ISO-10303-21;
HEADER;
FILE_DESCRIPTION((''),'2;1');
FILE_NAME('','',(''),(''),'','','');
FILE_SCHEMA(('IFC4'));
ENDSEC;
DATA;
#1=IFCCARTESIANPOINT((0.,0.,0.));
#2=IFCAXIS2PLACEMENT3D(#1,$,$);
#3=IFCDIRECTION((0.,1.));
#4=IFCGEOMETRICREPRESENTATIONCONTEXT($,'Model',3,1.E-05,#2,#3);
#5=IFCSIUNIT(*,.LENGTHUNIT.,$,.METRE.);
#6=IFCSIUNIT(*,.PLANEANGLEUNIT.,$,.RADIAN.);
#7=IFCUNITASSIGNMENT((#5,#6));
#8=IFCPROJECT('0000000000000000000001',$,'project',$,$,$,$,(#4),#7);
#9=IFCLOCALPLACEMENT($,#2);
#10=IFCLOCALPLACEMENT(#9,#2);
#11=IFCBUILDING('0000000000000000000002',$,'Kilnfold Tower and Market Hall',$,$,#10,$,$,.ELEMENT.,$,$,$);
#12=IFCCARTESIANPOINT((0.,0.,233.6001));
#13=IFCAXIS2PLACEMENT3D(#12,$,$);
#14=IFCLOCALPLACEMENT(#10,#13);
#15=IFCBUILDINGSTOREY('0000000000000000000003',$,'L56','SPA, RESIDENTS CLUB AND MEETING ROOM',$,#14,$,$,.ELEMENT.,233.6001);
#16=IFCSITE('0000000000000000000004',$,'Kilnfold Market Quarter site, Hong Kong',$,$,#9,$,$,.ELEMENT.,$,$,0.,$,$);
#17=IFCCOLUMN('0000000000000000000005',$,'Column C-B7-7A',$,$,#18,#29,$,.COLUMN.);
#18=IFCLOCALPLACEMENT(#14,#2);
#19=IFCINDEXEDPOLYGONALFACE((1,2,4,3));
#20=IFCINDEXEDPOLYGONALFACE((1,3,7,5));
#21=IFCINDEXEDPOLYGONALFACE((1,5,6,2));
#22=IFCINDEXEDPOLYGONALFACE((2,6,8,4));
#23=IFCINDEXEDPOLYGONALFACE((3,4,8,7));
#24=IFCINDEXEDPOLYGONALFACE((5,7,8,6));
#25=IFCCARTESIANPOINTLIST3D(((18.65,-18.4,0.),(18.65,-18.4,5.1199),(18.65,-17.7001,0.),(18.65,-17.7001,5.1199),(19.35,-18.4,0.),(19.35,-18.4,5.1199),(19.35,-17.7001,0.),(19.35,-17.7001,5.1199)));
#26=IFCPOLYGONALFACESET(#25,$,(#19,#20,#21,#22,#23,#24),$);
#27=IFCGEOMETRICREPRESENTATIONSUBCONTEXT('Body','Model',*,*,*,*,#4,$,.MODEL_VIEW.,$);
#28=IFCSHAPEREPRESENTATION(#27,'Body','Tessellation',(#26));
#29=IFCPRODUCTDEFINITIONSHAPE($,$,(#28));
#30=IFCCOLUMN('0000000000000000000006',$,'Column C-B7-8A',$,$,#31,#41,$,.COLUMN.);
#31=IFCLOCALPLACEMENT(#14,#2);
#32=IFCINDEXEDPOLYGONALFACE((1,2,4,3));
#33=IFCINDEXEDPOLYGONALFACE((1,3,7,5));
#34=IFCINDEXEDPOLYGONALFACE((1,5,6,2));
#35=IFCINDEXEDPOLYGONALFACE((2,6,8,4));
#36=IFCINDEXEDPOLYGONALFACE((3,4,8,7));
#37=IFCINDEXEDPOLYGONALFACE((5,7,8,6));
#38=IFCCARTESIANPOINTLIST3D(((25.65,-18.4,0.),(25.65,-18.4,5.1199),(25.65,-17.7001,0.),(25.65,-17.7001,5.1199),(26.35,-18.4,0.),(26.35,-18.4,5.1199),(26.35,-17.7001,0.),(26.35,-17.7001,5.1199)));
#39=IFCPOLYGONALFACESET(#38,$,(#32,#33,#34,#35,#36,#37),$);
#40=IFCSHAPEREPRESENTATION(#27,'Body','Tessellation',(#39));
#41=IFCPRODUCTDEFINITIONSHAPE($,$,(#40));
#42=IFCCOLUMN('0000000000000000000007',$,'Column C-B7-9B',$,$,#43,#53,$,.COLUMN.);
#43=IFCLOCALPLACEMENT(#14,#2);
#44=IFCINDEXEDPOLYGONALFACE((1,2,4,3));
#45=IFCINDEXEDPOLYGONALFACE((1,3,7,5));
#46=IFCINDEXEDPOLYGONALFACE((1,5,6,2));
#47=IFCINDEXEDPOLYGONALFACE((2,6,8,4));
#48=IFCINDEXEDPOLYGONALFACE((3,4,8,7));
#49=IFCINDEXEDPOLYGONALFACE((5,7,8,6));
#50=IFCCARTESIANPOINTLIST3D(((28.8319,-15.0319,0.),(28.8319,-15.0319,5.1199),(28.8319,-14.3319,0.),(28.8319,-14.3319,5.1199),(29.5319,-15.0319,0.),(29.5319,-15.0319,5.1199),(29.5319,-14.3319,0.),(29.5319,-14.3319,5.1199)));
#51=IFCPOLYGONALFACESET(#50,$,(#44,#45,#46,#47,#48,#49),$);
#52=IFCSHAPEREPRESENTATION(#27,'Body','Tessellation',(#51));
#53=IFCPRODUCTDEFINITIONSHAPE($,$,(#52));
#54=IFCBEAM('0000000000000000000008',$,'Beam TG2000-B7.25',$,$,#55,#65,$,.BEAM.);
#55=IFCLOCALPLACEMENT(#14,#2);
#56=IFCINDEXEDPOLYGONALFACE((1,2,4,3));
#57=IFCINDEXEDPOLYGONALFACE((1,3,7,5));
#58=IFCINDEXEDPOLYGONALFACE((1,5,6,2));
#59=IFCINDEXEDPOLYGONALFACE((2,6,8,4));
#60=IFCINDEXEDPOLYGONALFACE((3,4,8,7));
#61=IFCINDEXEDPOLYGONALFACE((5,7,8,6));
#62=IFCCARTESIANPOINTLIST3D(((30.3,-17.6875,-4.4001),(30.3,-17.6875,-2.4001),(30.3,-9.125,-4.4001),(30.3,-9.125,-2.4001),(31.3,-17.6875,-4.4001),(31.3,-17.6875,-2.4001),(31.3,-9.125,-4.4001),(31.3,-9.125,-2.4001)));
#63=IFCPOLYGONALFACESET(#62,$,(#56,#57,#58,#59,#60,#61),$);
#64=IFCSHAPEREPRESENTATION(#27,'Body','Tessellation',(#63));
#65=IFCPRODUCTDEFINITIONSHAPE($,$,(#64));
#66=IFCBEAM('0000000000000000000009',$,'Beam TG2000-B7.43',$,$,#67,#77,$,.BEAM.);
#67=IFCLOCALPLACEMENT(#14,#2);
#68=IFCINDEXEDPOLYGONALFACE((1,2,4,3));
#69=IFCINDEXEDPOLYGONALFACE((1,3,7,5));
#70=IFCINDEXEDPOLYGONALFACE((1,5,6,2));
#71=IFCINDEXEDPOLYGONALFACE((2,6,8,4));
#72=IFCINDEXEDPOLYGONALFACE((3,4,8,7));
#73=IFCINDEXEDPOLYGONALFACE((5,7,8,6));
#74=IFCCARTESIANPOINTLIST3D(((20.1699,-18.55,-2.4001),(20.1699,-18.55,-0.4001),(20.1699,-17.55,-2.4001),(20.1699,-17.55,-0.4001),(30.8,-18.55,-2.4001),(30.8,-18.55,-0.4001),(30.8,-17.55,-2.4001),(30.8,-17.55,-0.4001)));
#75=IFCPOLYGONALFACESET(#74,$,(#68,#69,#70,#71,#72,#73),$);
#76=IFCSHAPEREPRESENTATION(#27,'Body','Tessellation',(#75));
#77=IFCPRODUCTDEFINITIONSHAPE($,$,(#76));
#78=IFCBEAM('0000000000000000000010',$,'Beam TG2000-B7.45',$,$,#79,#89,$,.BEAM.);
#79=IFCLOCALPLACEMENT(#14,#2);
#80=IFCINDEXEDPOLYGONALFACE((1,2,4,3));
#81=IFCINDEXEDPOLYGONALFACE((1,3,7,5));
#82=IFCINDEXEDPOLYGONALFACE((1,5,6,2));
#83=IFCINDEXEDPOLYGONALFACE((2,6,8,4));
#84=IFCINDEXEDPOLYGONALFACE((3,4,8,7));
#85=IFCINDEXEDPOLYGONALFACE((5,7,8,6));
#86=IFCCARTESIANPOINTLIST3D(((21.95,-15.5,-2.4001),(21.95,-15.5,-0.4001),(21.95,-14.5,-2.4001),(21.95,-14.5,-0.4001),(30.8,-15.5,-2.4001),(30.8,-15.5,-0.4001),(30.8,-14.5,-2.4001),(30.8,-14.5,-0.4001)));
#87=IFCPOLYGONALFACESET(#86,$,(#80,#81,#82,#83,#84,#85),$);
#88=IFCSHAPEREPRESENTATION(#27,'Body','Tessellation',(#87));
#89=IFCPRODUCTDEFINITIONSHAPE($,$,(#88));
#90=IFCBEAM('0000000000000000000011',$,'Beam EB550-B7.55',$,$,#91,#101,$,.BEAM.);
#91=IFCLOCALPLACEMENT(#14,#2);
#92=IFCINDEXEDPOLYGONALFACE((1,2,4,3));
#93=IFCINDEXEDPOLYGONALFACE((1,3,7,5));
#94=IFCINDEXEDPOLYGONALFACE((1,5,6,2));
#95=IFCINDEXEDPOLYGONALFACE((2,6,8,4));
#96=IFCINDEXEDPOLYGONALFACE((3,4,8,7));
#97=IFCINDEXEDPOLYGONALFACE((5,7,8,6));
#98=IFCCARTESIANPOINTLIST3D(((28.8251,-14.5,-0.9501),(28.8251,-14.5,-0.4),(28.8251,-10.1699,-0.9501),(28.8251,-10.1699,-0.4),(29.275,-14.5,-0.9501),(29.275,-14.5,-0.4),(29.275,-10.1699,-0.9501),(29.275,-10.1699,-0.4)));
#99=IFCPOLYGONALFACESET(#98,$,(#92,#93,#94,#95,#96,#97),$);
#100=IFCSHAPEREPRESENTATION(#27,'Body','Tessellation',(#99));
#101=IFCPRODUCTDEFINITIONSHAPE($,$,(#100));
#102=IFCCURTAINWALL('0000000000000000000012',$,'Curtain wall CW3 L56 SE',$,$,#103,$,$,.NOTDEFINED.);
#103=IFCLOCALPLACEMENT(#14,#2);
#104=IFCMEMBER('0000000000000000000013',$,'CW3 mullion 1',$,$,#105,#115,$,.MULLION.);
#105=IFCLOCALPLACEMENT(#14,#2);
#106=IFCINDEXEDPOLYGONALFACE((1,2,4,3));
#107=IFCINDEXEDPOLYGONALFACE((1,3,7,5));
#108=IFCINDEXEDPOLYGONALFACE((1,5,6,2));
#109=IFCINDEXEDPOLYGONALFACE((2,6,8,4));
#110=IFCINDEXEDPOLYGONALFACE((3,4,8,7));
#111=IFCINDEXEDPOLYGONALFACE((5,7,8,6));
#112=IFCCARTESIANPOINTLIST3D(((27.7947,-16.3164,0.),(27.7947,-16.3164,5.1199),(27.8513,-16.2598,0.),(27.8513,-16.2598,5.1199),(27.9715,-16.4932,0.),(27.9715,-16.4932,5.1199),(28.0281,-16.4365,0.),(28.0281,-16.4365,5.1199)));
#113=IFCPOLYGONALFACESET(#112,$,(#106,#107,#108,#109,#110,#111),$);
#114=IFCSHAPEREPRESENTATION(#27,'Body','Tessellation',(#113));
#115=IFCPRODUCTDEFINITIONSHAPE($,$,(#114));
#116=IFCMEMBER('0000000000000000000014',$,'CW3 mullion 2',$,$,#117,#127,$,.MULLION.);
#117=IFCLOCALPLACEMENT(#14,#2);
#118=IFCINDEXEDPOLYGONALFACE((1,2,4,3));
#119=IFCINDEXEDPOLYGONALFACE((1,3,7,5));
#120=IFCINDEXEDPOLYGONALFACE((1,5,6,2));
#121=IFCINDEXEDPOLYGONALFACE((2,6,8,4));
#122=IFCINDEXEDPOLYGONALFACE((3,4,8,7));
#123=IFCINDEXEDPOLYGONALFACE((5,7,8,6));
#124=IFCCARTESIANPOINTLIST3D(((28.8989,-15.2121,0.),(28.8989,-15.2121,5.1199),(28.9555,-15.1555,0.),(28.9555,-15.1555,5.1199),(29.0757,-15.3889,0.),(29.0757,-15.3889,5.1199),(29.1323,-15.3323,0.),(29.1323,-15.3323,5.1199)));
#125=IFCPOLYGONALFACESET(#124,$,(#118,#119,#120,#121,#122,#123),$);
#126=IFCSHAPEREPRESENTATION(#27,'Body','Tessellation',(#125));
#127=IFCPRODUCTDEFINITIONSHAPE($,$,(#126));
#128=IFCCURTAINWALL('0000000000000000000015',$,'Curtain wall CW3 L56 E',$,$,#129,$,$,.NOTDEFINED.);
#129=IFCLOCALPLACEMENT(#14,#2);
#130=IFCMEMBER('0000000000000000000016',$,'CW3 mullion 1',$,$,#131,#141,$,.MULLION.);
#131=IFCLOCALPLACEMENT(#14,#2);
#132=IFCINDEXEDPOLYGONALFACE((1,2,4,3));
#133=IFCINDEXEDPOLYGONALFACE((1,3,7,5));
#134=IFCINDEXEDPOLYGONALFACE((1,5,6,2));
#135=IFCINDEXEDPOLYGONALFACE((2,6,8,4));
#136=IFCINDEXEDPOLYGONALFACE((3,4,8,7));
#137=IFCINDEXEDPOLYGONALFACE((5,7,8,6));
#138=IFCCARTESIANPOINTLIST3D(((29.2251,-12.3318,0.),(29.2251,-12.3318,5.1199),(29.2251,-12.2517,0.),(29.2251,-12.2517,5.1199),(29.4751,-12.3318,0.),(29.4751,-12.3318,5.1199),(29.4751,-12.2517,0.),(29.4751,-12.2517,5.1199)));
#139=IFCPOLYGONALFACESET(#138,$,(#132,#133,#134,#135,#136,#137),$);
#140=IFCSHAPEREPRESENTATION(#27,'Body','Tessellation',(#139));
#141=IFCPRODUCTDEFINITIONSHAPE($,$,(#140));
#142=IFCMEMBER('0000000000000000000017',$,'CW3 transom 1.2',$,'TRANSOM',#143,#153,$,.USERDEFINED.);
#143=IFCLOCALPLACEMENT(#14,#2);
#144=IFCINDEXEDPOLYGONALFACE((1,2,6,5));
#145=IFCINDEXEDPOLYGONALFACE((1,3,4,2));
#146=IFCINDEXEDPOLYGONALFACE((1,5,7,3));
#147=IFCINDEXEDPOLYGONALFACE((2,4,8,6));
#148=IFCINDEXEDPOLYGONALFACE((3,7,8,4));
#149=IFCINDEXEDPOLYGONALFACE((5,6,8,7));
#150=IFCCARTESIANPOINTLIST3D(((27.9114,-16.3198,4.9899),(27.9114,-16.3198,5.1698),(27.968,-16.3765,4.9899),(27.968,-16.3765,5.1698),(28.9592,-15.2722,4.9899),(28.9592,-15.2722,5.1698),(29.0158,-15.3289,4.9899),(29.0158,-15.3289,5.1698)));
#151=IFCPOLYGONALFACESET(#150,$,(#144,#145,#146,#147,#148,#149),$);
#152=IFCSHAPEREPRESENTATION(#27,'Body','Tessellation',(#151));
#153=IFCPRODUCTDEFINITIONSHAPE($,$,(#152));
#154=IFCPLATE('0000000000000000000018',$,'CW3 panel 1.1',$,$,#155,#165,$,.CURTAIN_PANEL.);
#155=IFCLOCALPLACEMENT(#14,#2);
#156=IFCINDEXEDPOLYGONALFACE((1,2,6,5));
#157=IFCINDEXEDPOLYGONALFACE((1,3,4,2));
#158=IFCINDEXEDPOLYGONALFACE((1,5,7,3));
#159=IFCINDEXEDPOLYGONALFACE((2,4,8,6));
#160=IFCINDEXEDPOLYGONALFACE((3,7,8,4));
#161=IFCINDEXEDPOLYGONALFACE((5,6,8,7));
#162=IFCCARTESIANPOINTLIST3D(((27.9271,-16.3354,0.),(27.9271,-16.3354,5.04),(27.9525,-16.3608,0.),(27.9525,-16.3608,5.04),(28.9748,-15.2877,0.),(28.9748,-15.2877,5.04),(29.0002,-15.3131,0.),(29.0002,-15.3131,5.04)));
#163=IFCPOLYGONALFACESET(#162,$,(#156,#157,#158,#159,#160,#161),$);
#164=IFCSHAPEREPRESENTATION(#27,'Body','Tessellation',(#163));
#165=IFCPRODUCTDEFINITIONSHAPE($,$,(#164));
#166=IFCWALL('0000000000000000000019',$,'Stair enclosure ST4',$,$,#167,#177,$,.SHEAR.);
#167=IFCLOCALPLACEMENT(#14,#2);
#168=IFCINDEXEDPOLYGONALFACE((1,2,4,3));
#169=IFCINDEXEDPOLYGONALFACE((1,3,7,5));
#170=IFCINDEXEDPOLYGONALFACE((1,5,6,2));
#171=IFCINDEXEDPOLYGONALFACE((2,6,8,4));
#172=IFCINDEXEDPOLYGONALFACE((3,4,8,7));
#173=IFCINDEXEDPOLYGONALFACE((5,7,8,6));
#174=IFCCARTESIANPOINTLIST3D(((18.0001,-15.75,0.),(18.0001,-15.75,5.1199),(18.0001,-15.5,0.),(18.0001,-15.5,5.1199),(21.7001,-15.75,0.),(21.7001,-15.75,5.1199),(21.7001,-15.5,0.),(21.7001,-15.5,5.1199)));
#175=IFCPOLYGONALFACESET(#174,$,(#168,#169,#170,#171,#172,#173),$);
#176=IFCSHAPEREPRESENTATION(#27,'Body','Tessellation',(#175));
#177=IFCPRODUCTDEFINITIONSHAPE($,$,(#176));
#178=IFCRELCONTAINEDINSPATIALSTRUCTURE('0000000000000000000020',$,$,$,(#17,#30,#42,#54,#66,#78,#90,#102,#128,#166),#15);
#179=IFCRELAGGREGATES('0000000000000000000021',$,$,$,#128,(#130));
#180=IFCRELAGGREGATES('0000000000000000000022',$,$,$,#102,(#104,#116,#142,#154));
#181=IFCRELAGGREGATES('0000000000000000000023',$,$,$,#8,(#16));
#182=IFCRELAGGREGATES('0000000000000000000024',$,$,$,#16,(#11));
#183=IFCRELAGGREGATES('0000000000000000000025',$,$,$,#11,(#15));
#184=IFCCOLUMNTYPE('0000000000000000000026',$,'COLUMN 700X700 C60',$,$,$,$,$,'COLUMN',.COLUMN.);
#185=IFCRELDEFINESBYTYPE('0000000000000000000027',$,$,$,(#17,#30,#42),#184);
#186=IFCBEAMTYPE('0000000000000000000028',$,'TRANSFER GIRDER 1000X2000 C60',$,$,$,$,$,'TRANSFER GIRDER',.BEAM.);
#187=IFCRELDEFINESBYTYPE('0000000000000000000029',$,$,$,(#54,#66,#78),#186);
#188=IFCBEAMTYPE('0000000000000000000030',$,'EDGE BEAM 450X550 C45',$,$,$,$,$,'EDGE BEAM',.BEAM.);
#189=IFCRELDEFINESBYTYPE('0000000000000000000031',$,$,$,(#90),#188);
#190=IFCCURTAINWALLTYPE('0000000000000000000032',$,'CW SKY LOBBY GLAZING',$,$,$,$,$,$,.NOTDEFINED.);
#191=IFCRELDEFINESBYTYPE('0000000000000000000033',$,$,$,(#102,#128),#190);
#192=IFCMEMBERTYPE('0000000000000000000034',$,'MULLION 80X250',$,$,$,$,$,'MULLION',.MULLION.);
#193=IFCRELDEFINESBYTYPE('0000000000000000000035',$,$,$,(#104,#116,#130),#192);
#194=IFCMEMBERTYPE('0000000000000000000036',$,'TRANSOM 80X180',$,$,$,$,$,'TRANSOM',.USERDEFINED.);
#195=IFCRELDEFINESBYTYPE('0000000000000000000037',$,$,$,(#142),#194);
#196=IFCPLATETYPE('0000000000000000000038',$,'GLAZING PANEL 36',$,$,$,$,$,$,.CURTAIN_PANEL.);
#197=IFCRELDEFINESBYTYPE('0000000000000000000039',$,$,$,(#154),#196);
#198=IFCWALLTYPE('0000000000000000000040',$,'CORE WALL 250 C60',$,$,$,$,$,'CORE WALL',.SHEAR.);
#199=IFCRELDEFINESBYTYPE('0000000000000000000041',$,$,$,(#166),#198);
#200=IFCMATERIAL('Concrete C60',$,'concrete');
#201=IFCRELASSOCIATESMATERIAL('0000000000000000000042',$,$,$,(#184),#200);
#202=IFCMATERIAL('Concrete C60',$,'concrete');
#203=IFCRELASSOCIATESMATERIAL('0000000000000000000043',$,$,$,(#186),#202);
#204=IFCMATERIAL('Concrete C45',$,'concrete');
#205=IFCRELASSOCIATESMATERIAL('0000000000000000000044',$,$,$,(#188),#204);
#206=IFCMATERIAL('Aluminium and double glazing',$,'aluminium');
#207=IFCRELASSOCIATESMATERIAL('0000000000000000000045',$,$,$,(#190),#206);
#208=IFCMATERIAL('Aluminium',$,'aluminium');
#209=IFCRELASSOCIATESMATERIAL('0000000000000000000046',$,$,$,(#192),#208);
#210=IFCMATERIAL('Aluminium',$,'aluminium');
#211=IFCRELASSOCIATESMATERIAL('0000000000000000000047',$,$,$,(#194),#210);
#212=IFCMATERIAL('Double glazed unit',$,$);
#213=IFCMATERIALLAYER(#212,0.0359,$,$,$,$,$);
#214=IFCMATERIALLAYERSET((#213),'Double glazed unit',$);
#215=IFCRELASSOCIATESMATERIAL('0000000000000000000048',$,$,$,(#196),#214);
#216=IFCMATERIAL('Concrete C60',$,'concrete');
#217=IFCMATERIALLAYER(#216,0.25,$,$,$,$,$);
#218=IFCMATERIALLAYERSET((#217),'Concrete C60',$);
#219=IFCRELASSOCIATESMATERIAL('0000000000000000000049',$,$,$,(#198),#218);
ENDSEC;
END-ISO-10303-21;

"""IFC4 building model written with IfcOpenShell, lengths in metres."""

from ifc_helpers import new_model, si_unit, direction, frame, frame_2d, origin, origin_2d, place, context, subcontext, project, spatial, rectangle, extrude, source, transform, mapped, material, layer, layer_set, material_profile, profile_set, type_object, element, aggregate, save


model = new_model("IFC4")

# Units and contexts
model_context = context("Model", 3, precision=1e-05, world=origin(), true_north=direction((0.0, 1.0)))
body_context = subcontext(model_context, "Body", "Model", "MODEL_VIEW")
ifc_project = project(units=[si_unit("LENGTHUNIT", "METRE"), si_unit("PLANEANGLEUNIT", "RADIAN")], contexts=[model_context])

# Site, building, storey
site_placement = place(None, origin())
site = spatial("IfcSite", under=ifc_project, at=site_placement, Name="Kilnfold Market Quarter site, Hong Kong", CompositionType="ELEMENT", RefElevation=0.0)
building_placement = place(site_placement, origin())
building = spatial("IfcBuilding", under=site, at=building_placement, Name="Kilnfold Tower and Market Hall", CompositionType="ELEMENT")
storey_placement = place(building_placement, frame((0.0, 0.0, 233.6001)))
storey = spatial("IfcBuildingStorey", under=building, at=storey_placement, Name="L56", Description="SPA, RESIDENTS CLUB AND MEETING ROOM", CompositionType="ELEMENT", Elevation=233.6001)

# Columns
ifc_material_1 = material(Name="Concrete C60", Category="concrete")
ifc_material_profile_1 = material_profile(ifc_material_1, rectangle(XDim=0.7, YDim=0.7, at=origin_2d()), Name="RC 700x700")
ifc_profile_set_1 = profile_set([ifc_material_profile_1], Name="Concrete C60")
column_type = type_object("IfcColumnType", Name="COLUMN 700X700 C60", ElementType="COLUMN", PredefinedType="COLUMN", material=ifc_profile_set_1)
shared_shape_1 = source(origin(), body_context, "Body", "SweptSolid", [
    extrude(rectangle(XDim=0.7, YDim=0.7, at=origin_2d()), origin(), (0.0, 0.0, 1.0), 5.1199),
])
for number, where, z_axis, x_axis, name in (
    (1, (19.0, -18.05, 0.0), (0.0, 0.0, 1.0), (1.0, 0.0, 0.0), "Column C-B7-7A"),
    (2, (26.0, -18.05, 0.0), (0.0, 0.0, 1.0), (1.0, 0.0, 0.0), "Column C-B7-8A"),
    (3, (29.1819, -14.6819, 0.0), (0.0, 0.0, 1.0), (1.0, 0.0, 0.0), "Column C-B7-9B"),
):
    element("IfcColumn", number, at=place(storey_placement, frame(where, z_axis=z_axis, x_axis=x_axis)), inside=storey, type_object=column_type, Name=name, PredefinedType="COLUMN", context=body_context, shape_type="MappedRepresentation", body=[
        mapped(shared_shape_1, transform((0.0, 0.0, 0.0))),
    ])

# Beams
ifc_material_2 = material(Name="Concrete C60", Category="concrete")
ifc_material_profile_2 = material_profile(ifc_material_2, rectangle(XDim=1.0, YDim=2.0, at=origin_2d()), Name="RC 1000x2000")
ifc_profile_set_2 = profile_set([ifc_material_profile_2], Name="Concrete C60")
beam_type_1 = type_object("IfcBeamType", Name="TRANSFER GIRDER 1000X2000 C60", ElementType="TRANSFER GIRDER", PredefinedType="BEAM", material=ifc_profile_set_2)
shared_shape_2 = source(origin(), body_context, "Body", "SweptSolid", [
    extrude(rectangle(XDim=1.0, YDim=2.0, at=origin_2d()), origin(), (0.0, 0.0, 1.0), 8.5625),
])
beam_1_placement = place(storey_placement, frame((30.8, -17.6875, -3.4001), z_axis=(0.0, 1.0, 0.0), x_axis=(-1.0, 0.0, 0.0)))
element("IfcBeam", 4, at=beam_1_placement, inside=storey, type_object=beam_type_1, Name="Beam TG2000-B7.25", PredefinedType="BEAM", context=body_context, shape_type="MappedRepresentation", body=[
    mapped(shared_shape_2, transform((0.0, 0.0, 0.0))),
])
shared_shape_3 = source(origin(), body_context, "Body", "SweptSolid", [
    extrude(rectangle(XDim=1.0, YDim=2.0, at=origin_2d()), origin(), (0.0, 0.0, 1.0), 10.6301),
])
beam_2_placement = place(storey_placement, frame((20.1699, -18.05, -1.4001), z_axis=(1.0, 0.0, 0.0), x_axis=(0.0, 1.0, 0.0)))
element("IfcBeam", 5, at=beam_2_placement, inside=storey, type_object=beam_type_1, Name="Beam TG2000-B7.43", PredefinedType="BEAM", context=body_context, shape_type="MappedRepresentation", body=[
    mapped(shared_shape_3, transform((0.0, 0.0, 0.0))),
])
shared_shape_4 = source(origin(), body_context, "Body", "SweptSolid", [
    extrude(rectangle(XDim=1.0, YDim=2.0, at=origin_2d()), origin(), (0.0, 0.0, 1.0), 8.8501),
])
beam_3_placement = place(storey_placement, frame((21.95, -15.0, -1.4001), z_axis=(1.0, 0.0, 0.0), x_axis=(0.0, 1.0, 0.0)))
element("IfcBeam", 6, at=beam_3_placement, inside=storey, type_object=beam_type_1, Name="Beam TG2000-B7.45", PredefinedType="BEAM", context=body_context, shape_type="MappedRepresentation", body=[
    mapped(shared_shape_4, transform((0.0, 0.0, 0.0))),
])
ifc_material_3 = material(Name="Concrete C45", Category="concrete")
ifc_material_profile_3 = material_profile(ifc_material_3, rectangle(XDim=0.45, YDim=0.55, at=origin_2d()), Name="RC 450x550")
ifc_profile_set_3 = profile_set([ifc_material_profile_3], Name="Concrete C45")
beam_type_2 = type_object("IfcBeamType", Name="EDGE BEAM 450X550 C45", ElementType="EDGE BEAM", PredefinedType="BEAM", material=ifc_profile_set_3)
shared_shape_5 = source(origin(), body_context, "Body", "SweptSolid", [
    extrude(rectangle(XDim=0.45, YDim=0.55, at=origin_2d()), origin(), (0.0, 0.0, 1.0), 4.3301),
])
beam_4_placement = place(storey_placement, frame((29.05, -14.5, -0.675), z_axis=(0.0, 1.0, 0.0), x_axis=(-1.0, 0.0, 0.0)))
element("IfcBeam", 7, at=beam_4_placement, inside=storey, type_object=beam_type_2, Name="Beam EB550-B7.55", PredefinedType="BEAM", context=body_context, shape_type="MappedRepresentation", body=[
    mapped(shared_shape_5, transform((0.0, 0.0, 0.0))),
])

# Curtain wall, members
ifc_material_4 = material(Name="Aluminium and double glazing", Category="aluminium")
curtain_wall_type = type_object("IfcCurtainWallType", Name="CW SKY LOBBY GLAZING", PredefinedType="NOTDEFINED", material=ifc_material_4)
curtain_wall_1_placement = place(storey_placement, origin())
curtain_wall_1 = element("IfcCurtainWall", 8, at=curtain_wall_1_placement, inside=storey, type_object=curtain_wall_type, Name="Curtain wall CW3 L56 SE", PredefinedType="NOTDEFINED")
ifc_material_5 = material(Name="Aluminium", Category="aluminium")
ifc_material_profile_4 = material_profile(ifc_material_5, rectangle(XDim=0.0801, YDim=0.25, at=origin_2d()), Name="MULLION 80x250")
ifc_profile_set_4 = profile_set([ifc_material_profile_4], Name="Aluminium")
member_type_1 = type_object("IfcMemberType", Name="MULLION 80X250", ElementType="MULLION", PredefinedType="MULLION", material=ifc_profile_set_4)
shared_shape_6 = source(origin(), body_context, "Body", "SweptSolid", [
    extrude(rectangle(XDim=0.0801, YDim=0.25, at=origin_2d()), origin(), (0.0, 0.0, 1.0), 5.1199),
])
member_1_placement = place(storey_placement, frame((27.9114, -16.3765, 0.0), z_axis=(0.0, 0.0, 1.0), x_axis=(0.707107, 0.707107, 0.0)))
member_1 = element("IfcMember", 9, at=member_1_placement, type_object=member_type_1, Name="CW3 mullion 1", PredefinedType="MULLION", context=body_context, shape_type="MappedRepresentation", body=[
    mapped(shared_shape_6, transform((0.0, 0.0, 0.0))),
])
member_2_placement = place(storey_placement, frame((29.0156, -15.2722, 0.0), z_axis=(0.0, 0.0, 1.0), x_axis=(0.707107, 0.707107, 0.0)))
member_2 = element("IfcMember", 10, at=member_2_placement, type_object=member_type_1, Name="CW3 mullion 2", PredefinedType="MULLION", context=body_context, shape_type="MappedRepresentation", body=[
    mapped(shared_shape_6, transform((0.0, 0.0, 0.0))),
])

# Curtain wall, member
curtain_wall_2_placement = place(storey_placement, origin())
curtain_wall_2 = element("IfcCurtainWall", 11, at=curtain_wall_2_placement, inside=storey, type_object=curtain_wall_type, Name="Curtain wall CW3 L56 E", PredefinedType="NOTDEFINED")
member_3_placement = place(storey_placement, frame((29.3501, -12.2917, 0.0), z_axis=(0.0, 0.0, 1.0), x_axis=(0.0, 1.0, 0.0)))
member_3 = element("IfcMember", 12, at=member_3_placement, type_object=member_type_1, Name="CW3 mullion 1", PredefinedType="MULLION", context=body_context, shape_type="MappedRepresentation", body=[
    mapped(shared_shape_6, transform((0.0, 0.0, 0.0))),
])
aggregate(curtain_wall_2, [member_3])

# Member
ifc_material_6 = material(Name="Aluminium", Category="aluminium")
ifc_material_profile_5 = material_profile(ifc_material_6, rectangle(XDim=0.0801, YDim=0.1799, at=origin_2d()), Name="TRANSOM 80x180")
ifc_profile_set_5 = profile_set([ifc_material_profile_5], Name="Aluminium")
member_type_2 = type_object("IfcMemberType", Name="TRANSOM 80X180", ElementType="TRANSOM", PredefinedType="USERDEFINED", material=ifc_profile_set_5)
shared_shape_7 = source(origin(), body_context, "Body", "SweptSolid", [
    extrude(rectangle(XDim=0.0801, YDim=0.1799, at=origin_2d()), origin(), (0.0, 0.0, 1.0), 1.4817),
])
member_4_placement = place(storey_placement, frame((27.9397, -16.3481, 5.0798), z_axis=(0.707189, 0.707024, 0.0), x_axis=(-0.707024, 0.707189, 0.0)))
member_4 = element("IfcMember", 13, at=member_4_placement, type_object=member_type_2, Name="CW3 transom 1.2", ObjectType="TRANSOM", PredefinedType="USERDEFINED", context=body_context, shape_type="MappedRepresentation", body=[
    mapped(shared_shape_7, transform((0.0, 0.0, 0.0))),
])

# Plate
ifc_material_7 = material(Name="Double glazed unit")
ifc_layer_1 = layer(ifc_material_7, 0.0359)
ifc_layer_set_1 = layer_set([ifc_layer_1], Name="Double glazed unit")
plate_type = type_object("IfcPlateType", Name="GLAZING PANEL 36", PredefinedType="CURTAIN_PANEL", material=ifc_layer_set_1)
shared_shape_8 = source(origin(), body_context, "Body", "SweptSolid", [
    extrude(rectangle(XDim=1.4817, YDim=0.0359, at=origin_2d()), origin(), (0.0, 0.0, 1.0), 5.04),
])
plate_placement = place(storey_placement, frame((28.4636, -15.8242, 0.0), z_axis=(0.0, 0.0, 1.0), x_axis=(0.707107, 0.707107, 0.0)))
plate = element("IfcPlate", 14, at=plate_placement, type_object=plate_type, Name="CW3 panel 1.1", PredefinedType="CURTAIN_PANEL", context=body_context, shape_type="MappedRepresentation", body=[
    mapped(shared_shape_8, transform((0.0, 0.0, 0.0))),
])
aggregate(curtain_wall_1, [member_1, member_2, member_4, plate])

# Wall
ifc_material_8 = material(Name="Concrete C60", Category="concrete")
ifc_layer_2 = layer(ifc_material_8, 0.25)
ifc_layer_set_2 = layer_set([ifc_layer_2], Name="Concrete C60")
wall_type_1 = type_object("IfcWallType", Name="CORE WALL 250 C60", ElementType="CORE WALL", PredefinedType="SHEAR", material=ifc_layer_set_2)
shared_shape_9 = source(origin(), body_context, "Body", "SweptSolid", [
    extrude(rectangle(XDim=3.7, YDim=0.25, at=frame_2d((1.8501, 0.0))), origin(), (0.0, 0.0, 1.0), 5.1199),
])
wall_1_placement = place(storey_placement, frame((18.0, -15.625, 0.0), z_axis=(0.0, 0.0, 1.0), x_axis=(1.0, 0.0, 0.0)))
element("IfcWall", 15, at=wall_1_placement, inside=storey, type_object=wall_type_1, Name="Stair enclosure ST4", PredefinedType="SHEAR", context=body_context, shape_type="MappedRepresentation", body=[
    mapped(shared_shape_9, transform((0.0, 0.0, 0.0))),
])

save(model, "model.ifc")
